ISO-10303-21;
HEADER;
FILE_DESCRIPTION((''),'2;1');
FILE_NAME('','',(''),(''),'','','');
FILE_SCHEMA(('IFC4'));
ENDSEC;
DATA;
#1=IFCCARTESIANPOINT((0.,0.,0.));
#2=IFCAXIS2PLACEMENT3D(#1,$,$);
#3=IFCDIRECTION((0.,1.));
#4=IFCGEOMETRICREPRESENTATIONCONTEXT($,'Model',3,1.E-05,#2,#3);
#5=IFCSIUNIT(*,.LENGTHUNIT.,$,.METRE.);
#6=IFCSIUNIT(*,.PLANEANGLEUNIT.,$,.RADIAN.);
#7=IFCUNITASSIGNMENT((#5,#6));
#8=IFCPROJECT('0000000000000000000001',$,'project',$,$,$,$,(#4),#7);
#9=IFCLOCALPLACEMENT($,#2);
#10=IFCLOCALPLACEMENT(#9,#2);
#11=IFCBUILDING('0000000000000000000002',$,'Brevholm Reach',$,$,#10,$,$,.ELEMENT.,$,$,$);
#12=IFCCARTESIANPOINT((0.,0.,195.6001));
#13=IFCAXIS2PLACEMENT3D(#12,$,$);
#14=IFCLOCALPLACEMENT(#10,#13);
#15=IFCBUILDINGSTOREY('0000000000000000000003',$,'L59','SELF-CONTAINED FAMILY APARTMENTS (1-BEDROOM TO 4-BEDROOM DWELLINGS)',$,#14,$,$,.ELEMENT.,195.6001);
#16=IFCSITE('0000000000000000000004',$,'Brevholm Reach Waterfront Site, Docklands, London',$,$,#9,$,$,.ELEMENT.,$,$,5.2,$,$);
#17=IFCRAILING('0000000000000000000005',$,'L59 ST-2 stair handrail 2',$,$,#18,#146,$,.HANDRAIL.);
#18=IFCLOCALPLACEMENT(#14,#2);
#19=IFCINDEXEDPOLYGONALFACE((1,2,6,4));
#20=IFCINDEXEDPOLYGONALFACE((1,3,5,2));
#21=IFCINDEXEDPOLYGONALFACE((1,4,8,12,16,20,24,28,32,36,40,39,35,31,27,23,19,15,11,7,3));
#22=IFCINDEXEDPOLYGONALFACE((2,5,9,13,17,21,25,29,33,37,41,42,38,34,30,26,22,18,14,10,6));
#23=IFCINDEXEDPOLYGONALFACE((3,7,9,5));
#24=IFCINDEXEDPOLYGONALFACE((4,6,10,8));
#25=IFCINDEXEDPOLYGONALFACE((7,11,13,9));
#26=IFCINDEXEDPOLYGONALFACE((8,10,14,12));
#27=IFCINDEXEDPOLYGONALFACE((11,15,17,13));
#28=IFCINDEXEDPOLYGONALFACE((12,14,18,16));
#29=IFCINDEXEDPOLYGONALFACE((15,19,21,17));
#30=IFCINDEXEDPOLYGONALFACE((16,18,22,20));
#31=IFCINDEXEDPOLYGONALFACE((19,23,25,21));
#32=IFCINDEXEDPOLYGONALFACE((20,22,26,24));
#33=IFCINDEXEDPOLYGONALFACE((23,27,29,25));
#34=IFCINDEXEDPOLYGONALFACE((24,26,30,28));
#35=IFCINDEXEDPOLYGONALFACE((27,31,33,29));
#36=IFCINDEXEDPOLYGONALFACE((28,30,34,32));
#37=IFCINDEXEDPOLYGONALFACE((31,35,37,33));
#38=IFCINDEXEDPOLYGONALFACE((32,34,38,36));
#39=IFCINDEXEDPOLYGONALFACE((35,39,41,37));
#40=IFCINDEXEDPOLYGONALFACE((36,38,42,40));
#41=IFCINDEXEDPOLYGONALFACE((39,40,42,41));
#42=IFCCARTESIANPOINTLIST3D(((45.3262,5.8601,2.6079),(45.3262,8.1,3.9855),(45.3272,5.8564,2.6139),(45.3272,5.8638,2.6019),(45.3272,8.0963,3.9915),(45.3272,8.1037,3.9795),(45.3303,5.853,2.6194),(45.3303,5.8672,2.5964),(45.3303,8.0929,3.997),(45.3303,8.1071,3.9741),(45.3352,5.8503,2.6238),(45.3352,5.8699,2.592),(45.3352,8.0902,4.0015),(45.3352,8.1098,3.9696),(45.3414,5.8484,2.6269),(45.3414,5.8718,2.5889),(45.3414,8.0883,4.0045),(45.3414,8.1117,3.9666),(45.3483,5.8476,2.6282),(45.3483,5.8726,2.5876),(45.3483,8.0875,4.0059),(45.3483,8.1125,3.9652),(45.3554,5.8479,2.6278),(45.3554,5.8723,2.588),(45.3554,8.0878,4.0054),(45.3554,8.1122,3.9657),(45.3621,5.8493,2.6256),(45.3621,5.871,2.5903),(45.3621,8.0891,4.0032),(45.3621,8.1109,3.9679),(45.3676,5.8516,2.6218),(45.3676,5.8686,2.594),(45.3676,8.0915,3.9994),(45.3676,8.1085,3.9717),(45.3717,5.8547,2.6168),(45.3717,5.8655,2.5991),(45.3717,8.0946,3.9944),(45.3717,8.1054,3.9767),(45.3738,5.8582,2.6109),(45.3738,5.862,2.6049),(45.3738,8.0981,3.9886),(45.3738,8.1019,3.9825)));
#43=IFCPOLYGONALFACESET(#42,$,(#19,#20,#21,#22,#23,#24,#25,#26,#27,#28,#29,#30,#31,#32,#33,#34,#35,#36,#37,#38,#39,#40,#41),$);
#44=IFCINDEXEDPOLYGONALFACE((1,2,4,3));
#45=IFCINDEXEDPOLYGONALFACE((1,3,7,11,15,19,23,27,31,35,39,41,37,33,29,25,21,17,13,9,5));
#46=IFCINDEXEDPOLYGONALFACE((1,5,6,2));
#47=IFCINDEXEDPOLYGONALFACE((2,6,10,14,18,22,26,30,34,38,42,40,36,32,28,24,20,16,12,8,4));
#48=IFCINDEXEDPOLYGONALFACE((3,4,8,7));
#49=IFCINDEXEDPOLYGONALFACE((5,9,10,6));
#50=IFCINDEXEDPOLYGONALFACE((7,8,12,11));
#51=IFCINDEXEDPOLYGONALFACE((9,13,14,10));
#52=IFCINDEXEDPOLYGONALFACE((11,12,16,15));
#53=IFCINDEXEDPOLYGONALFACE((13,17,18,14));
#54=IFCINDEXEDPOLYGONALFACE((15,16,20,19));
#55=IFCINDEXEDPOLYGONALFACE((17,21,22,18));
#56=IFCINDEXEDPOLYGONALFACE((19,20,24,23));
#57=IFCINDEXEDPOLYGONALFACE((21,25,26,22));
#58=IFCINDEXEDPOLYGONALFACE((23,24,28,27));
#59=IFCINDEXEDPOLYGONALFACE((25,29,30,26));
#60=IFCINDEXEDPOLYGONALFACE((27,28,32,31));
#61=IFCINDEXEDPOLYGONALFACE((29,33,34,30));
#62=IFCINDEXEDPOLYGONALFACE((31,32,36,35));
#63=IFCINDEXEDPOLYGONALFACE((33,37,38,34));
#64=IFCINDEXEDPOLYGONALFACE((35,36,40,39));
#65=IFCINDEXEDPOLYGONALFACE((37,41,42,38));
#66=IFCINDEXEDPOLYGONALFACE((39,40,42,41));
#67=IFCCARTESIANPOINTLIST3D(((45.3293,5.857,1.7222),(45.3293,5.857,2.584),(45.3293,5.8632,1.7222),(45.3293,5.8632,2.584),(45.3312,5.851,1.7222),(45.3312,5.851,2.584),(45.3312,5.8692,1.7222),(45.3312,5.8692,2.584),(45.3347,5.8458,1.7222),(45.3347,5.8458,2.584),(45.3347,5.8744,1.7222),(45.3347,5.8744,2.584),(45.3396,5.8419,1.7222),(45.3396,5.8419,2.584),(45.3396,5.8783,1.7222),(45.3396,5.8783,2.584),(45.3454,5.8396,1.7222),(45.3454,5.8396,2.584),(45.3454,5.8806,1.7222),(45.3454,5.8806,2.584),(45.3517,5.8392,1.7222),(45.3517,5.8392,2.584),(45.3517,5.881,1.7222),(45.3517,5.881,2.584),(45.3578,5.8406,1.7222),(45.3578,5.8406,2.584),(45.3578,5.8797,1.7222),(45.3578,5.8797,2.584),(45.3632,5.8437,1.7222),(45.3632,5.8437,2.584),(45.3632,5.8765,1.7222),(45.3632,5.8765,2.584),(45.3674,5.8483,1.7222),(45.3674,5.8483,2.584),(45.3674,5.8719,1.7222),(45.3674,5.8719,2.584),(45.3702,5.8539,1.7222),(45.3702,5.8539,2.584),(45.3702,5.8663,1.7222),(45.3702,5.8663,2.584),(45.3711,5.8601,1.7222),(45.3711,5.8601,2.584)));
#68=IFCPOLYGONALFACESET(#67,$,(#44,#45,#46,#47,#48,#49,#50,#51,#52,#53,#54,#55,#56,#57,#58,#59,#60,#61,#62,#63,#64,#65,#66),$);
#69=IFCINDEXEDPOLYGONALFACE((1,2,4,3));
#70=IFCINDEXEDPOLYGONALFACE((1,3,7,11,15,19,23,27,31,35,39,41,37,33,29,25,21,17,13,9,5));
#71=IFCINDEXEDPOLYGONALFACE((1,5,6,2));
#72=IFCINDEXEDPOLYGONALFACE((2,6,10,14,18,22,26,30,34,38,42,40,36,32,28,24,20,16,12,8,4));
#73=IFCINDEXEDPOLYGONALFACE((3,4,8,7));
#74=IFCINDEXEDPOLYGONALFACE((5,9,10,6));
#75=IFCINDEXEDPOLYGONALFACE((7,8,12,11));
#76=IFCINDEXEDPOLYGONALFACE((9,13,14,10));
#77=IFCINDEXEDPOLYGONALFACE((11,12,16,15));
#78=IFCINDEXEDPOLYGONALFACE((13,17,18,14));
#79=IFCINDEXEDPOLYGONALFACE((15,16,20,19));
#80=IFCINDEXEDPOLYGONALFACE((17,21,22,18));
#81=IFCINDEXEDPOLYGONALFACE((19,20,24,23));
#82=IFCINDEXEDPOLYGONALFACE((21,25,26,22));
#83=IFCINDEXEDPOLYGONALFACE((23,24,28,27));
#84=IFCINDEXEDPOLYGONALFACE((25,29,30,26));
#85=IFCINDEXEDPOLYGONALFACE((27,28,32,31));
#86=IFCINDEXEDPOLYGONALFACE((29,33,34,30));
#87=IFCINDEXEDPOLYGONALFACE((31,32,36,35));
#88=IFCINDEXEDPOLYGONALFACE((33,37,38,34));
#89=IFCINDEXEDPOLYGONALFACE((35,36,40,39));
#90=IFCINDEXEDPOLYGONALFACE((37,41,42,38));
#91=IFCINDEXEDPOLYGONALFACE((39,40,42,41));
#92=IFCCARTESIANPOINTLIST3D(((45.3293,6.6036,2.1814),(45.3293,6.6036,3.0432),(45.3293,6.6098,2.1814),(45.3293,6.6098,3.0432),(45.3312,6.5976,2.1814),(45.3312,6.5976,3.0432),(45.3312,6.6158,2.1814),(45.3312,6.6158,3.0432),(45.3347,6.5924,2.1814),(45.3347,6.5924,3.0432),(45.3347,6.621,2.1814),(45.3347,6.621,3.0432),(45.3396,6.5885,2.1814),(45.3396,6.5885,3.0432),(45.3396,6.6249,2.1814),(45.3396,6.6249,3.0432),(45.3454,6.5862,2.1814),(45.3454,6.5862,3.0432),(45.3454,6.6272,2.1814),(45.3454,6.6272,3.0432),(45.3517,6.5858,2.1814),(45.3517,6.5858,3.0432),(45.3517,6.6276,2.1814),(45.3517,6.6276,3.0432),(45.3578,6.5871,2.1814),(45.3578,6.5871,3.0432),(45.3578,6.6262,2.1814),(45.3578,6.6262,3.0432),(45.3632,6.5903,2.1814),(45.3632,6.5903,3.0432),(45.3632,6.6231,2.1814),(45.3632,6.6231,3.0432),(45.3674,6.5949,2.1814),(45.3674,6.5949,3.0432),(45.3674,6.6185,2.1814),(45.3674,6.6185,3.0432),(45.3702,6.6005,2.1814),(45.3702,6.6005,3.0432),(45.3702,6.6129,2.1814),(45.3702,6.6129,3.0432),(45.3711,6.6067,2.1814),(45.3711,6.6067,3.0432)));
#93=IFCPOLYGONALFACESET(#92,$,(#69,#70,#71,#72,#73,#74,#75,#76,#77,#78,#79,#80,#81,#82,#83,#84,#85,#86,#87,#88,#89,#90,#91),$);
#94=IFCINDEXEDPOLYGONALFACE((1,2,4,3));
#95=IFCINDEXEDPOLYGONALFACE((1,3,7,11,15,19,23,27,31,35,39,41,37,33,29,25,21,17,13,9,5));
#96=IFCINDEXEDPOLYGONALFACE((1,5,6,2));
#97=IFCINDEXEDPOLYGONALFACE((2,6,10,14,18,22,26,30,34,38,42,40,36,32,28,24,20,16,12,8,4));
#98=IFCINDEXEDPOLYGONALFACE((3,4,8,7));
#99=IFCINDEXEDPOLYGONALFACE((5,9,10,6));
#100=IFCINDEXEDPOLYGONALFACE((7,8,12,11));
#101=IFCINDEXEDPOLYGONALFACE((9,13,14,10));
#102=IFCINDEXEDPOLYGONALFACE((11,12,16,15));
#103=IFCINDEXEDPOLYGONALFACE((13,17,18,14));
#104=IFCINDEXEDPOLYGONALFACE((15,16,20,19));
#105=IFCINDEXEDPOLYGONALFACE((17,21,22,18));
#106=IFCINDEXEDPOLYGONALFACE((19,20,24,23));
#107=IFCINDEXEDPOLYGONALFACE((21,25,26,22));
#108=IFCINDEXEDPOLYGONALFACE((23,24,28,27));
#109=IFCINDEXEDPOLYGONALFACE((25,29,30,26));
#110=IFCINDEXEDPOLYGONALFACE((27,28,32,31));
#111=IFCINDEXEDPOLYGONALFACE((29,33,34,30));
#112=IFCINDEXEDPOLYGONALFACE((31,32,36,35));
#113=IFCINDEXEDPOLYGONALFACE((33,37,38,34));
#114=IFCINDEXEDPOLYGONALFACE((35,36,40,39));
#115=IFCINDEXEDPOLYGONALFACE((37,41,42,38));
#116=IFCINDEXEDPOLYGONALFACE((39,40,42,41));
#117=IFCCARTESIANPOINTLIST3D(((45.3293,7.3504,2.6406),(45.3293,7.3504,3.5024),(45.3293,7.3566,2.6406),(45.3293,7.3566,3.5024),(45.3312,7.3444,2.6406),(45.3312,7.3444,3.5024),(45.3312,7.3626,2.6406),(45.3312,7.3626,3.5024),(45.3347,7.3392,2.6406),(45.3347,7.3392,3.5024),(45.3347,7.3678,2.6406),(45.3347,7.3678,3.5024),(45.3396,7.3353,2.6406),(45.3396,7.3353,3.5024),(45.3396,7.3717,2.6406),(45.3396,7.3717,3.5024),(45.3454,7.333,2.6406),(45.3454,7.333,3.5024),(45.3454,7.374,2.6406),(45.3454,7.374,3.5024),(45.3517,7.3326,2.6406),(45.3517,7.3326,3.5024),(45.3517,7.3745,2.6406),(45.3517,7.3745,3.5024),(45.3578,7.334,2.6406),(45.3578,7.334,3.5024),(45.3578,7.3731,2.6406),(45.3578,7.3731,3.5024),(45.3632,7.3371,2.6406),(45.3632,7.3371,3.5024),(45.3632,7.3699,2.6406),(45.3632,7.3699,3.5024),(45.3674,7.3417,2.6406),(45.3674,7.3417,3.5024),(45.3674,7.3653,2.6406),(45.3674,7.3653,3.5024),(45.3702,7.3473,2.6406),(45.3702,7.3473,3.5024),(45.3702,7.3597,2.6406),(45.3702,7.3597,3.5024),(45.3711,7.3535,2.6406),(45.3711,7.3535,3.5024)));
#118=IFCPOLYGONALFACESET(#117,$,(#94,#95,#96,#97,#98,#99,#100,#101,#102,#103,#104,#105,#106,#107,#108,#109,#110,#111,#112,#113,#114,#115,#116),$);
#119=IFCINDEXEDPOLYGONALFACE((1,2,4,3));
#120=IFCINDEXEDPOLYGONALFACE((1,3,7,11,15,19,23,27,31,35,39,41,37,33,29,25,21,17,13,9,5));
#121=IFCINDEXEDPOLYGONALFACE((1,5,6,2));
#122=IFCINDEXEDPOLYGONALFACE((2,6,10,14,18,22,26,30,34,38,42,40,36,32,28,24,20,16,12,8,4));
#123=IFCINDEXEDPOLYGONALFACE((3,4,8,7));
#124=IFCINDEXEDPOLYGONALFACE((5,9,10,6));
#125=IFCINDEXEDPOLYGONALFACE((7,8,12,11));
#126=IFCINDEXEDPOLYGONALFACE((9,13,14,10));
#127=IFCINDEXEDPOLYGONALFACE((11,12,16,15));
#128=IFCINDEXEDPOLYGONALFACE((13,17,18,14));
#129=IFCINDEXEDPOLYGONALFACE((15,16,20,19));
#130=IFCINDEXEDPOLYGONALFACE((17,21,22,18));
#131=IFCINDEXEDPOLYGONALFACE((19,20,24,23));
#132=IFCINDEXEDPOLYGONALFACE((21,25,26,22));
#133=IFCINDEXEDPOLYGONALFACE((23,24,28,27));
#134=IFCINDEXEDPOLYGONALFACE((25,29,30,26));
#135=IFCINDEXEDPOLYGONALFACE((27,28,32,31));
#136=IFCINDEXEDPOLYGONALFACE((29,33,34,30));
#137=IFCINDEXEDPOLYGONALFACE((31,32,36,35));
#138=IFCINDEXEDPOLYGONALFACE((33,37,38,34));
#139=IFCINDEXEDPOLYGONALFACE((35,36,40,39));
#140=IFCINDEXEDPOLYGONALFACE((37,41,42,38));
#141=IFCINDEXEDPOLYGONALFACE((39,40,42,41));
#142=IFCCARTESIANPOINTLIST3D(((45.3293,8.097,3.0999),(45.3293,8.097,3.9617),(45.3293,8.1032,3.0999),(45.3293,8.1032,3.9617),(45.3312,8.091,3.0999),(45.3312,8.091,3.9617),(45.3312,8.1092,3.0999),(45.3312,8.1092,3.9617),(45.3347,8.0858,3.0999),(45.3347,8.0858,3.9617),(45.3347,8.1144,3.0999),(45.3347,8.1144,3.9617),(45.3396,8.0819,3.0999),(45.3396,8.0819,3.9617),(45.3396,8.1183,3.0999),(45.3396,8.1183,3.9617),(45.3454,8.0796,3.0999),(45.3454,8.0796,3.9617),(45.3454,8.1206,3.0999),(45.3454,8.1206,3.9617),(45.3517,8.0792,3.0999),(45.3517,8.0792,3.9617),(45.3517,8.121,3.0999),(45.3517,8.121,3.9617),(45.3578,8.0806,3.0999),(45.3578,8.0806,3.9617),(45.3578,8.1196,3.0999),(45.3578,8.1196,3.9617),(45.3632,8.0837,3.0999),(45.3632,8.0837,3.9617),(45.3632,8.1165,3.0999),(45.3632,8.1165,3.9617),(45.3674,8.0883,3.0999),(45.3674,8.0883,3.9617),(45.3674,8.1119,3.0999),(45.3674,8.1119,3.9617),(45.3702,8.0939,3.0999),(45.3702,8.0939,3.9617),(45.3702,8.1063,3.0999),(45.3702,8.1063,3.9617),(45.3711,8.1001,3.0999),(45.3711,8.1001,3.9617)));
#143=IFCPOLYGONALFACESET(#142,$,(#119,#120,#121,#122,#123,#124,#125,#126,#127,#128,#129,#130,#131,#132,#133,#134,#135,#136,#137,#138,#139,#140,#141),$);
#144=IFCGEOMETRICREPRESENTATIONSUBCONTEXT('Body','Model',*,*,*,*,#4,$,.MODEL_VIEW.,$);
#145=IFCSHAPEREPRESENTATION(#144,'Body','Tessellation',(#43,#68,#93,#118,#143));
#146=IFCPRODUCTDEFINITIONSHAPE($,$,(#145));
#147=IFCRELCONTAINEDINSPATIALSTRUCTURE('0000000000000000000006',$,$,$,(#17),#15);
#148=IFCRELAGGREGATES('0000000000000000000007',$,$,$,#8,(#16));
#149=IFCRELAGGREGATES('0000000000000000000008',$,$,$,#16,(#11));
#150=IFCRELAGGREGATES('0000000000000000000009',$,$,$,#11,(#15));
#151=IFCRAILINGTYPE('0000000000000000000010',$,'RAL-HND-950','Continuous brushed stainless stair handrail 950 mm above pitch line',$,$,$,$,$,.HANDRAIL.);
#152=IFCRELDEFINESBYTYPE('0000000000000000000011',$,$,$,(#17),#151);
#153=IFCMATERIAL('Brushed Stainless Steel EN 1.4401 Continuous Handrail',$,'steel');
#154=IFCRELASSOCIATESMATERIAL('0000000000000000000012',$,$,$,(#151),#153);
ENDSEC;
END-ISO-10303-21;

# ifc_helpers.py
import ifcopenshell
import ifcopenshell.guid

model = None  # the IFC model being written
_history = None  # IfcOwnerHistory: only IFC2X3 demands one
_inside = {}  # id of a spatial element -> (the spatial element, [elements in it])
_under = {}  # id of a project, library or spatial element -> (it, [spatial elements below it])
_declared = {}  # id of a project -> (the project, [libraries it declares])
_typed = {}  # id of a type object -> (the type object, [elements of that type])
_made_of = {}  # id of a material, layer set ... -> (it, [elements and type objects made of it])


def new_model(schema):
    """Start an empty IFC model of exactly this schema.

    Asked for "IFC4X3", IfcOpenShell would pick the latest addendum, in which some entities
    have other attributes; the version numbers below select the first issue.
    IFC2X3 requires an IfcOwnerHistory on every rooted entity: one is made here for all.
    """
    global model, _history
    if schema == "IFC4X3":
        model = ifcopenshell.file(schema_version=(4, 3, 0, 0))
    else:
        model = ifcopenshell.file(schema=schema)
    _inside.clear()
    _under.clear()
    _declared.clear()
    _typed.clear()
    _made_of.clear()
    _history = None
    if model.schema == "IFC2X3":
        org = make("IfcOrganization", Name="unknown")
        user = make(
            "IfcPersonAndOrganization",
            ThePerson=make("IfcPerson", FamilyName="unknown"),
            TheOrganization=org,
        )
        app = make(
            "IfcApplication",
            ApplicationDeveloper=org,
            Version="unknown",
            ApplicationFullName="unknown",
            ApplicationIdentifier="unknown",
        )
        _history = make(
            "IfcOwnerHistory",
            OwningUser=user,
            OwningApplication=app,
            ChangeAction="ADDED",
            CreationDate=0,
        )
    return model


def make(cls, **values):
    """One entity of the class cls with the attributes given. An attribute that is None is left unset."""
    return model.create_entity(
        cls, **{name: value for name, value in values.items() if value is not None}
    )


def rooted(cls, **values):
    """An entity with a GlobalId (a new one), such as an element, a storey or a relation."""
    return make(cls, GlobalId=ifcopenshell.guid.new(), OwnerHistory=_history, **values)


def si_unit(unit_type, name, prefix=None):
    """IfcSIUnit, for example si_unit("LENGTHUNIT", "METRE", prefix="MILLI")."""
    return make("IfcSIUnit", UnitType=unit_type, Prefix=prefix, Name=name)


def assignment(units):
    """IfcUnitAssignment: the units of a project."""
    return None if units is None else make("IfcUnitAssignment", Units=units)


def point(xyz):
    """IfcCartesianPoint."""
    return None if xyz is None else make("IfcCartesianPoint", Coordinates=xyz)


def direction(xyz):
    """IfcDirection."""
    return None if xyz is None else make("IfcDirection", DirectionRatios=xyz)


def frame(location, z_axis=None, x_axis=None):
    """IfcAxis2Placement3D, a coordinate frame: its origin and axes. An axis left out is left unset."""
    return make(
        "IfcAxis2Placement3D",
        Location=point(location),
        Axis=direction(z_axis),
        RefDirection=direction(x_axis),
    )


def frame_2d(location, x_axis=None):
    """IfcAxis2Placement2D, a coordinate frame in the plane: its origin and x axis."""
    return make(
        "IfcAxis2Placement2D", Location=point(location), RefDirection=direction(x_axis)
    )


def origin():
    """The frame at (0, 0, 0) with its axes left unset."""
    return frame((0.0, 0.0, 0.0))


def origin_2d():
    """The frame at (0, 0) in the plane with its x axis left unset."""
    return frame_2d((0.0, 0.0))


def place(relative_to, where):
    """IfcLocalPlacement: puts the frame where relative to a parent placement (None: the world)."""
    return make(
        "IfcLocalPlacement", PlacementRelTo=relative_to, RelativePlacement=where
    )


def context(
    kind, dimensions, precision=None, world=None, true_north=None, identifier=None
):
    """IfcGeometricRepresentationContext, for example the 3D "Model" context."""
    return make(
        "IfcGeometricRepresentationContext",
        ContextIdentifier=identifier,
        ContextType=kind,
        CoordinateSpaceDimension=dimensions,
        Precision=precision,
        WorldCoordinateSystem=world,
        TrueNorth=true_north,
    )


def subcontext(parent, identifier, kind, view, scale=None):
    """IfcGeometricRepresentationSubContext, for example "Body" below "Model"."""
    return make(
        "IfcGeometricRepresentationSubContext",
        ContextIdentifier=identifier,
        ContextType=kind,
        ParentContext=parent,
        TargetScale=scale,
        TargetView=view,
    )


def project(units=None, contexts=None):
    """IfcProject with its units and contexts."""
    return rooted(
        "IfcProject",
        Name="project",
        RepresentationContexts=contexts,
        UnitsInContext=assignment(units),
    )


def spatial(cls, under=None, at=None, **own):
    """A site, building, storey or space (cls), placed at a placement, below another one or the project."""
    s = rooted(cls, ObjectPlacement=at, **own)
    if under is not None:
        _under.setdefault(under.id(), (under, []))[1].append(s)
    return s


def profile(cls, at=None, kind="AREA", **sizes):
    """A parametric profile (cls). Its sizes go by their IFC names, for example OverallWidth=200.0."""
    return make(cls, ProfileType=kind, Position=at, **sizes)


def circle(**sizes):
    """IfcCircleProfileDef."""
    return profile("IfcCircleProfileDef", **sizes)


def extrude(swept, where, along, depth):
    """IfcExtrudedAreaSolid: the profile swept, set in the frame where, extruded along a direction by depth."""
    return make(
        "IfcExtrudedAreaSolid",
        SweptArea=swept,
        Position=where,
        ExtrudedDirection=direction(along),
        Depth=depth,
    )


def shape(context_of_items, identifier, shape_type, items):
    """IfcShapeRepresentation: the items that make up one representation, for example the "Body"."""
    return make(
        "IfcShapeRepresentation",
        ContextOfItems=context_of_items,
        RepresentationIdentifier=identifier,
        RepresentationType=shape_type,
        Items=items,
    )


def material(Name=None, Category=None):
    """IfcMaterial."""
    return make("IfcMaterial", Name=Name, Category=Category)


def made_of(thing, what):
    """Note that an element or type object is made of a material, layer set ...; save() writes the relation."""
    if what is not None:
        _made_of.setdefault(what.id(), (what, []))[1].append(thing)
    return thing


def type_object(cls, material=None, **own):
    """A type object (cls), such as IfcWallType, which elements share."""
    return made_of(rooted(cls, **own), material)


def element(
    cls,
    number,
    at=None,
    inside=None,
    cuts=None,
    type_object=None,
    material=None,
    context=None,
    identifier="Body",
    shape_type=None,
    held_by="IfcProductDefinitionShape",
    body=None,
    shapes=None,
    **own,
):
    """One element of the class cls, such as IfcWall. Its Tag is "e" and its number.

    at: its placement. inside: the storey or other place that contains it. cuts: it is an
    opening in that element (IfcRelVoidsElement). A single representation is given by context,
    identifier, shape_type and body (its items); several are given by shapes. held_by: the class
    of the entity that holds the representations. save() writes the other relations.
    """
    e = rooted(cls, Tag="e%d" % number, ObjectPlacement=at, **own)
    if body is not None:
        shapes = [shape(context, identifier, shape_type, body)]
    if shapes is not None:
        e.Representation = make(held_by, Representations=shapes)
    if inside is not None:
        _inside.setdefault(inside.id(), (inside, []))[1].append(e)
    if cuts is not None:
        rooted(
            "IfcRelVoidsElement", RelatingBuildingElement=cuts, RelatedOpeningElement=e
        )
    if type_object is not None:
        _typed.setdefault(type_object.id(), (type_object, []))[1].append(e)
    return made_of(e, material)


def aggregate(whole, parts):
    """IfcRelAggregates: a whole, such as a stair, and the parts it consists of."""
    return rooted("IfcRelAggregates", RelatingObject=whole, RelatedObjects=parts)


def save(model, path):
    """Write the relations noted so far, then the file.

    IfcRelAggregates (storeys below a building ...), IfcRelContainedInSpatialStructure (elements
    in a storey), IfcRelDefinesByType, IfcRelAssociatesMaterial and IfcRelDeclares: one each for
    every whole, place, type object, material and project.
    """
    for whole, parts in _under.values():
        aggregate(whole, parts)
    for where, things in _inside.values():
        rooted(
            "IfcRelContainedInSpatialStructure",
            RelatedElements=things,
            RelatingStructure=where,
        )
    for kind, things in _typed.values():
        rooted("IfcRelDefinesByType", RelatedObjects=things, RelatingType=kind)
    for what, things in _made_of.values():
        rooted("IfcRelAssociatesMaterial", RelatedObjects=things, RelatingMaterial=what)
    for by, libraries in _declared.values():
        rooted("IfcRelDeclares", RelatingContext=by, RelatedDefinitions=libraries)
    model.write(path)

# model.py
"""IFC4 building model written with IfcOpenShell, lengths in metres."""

from ifc_helpers import new_model, si_unit, direction, frame, origin, origin_2d, place, context, subcontext, project, spatial, circle, extrude, material, type_object, element, save


model = new_model("IFC4")

# Units and contexts
model_context = context("Model", 3, precision=1e-05, world=origin(), true_north=direction((0.0, 1.0)))
body_context = subcontext(model_context, "Body", "Model", "MODEL_VIEW")
ifc_project = project(units=[si_unit("LENGTHUNIT", "METRE"), si_unit("PLANEANGLEUNIT", "RADIAN")], contexts=[model_context])

# Site, building, storey
site_placement = place(None, origin())
site = spatial("IfcSite", under=ifc_project, at=site_placement, Name="Brevholm Reach Waterfront Site, Docklands, London", CompositionType="ELEMENT", RefElevation=5.2)
building_placement = place(site_placement, origin())
building = spatial("IfcBuilding", under=site, at=building_placement, Name="Brevholm Reach", CompositionType="ELEMENT")
storey_placement = place(building_placement, frame((0.0, 0.0, 195.6001)))
storey = spatial("IfcBuildingStorey", under=building, at=storey_placement, Name="L59", Description="SELF-CONTAINED FAMILY APARTMENTS (1-BEDROOM TO 4-BEDROOM DWELLINGS)", CompositionType="ELEMENT", Elevation=195.6001)

# Railing
ifc_material_1 = material(Name="Brushed Stainless Steel EN 1.4401 Continuous Handrail", Category="steel")
railing_type_1 = type_object("IfcRailingType", Name="RAL-HND-950", Description="Continuous brushed stainless stair handrail 950 mm above pitch line", PredefinedType="HANDRAIL", material=ifc_material_1)
railing_1_placement = place(storey_placement, frame((45.3501, 5.8601, 1.7222)))
element("IfcRailing", 1, at=railing_1_placement, inside=storey, type_object=railing_type_1, Name="L59 ST-2 stair handrail 2", PredefinedType="HANDRAIL", context=body_context, shape_type="SweptSolid", body=[
    extrude(circle(Radius=0.0239, at=origin_2d()), frame((0.0, 0.0, 0.8857), z_axis=(0.0, 0.851789, 0.523885), x_axis=(-1.0, 0.0, 0.0)), (0.0, 0.0, 1.0), 2.6296),
    extrude(circle(Radius=0.021, at=origin_2d()), origin(), (0.0, 0.0, 1.0), 0.8618),
    extrude(circle(Radius=0.021, at=origin_2d()), frame((0.0, 0.7466, 0.4592)), (0.0, 0.0, 1.0), 0.8618),
    extrude(circle(Radius=0.021, at=origin_2d()), frame((0.0, 1.4934, 0.9185)), (0.0, 0.0, 1.0), 0.8618),
    extrude(circle(Radius=0.021, at=origin_2d()), frame((0.0, 2.24, 1.3777)), (0.0, 0.0, 1.0), 0.8618),
])

save(model, "model.ifc")
